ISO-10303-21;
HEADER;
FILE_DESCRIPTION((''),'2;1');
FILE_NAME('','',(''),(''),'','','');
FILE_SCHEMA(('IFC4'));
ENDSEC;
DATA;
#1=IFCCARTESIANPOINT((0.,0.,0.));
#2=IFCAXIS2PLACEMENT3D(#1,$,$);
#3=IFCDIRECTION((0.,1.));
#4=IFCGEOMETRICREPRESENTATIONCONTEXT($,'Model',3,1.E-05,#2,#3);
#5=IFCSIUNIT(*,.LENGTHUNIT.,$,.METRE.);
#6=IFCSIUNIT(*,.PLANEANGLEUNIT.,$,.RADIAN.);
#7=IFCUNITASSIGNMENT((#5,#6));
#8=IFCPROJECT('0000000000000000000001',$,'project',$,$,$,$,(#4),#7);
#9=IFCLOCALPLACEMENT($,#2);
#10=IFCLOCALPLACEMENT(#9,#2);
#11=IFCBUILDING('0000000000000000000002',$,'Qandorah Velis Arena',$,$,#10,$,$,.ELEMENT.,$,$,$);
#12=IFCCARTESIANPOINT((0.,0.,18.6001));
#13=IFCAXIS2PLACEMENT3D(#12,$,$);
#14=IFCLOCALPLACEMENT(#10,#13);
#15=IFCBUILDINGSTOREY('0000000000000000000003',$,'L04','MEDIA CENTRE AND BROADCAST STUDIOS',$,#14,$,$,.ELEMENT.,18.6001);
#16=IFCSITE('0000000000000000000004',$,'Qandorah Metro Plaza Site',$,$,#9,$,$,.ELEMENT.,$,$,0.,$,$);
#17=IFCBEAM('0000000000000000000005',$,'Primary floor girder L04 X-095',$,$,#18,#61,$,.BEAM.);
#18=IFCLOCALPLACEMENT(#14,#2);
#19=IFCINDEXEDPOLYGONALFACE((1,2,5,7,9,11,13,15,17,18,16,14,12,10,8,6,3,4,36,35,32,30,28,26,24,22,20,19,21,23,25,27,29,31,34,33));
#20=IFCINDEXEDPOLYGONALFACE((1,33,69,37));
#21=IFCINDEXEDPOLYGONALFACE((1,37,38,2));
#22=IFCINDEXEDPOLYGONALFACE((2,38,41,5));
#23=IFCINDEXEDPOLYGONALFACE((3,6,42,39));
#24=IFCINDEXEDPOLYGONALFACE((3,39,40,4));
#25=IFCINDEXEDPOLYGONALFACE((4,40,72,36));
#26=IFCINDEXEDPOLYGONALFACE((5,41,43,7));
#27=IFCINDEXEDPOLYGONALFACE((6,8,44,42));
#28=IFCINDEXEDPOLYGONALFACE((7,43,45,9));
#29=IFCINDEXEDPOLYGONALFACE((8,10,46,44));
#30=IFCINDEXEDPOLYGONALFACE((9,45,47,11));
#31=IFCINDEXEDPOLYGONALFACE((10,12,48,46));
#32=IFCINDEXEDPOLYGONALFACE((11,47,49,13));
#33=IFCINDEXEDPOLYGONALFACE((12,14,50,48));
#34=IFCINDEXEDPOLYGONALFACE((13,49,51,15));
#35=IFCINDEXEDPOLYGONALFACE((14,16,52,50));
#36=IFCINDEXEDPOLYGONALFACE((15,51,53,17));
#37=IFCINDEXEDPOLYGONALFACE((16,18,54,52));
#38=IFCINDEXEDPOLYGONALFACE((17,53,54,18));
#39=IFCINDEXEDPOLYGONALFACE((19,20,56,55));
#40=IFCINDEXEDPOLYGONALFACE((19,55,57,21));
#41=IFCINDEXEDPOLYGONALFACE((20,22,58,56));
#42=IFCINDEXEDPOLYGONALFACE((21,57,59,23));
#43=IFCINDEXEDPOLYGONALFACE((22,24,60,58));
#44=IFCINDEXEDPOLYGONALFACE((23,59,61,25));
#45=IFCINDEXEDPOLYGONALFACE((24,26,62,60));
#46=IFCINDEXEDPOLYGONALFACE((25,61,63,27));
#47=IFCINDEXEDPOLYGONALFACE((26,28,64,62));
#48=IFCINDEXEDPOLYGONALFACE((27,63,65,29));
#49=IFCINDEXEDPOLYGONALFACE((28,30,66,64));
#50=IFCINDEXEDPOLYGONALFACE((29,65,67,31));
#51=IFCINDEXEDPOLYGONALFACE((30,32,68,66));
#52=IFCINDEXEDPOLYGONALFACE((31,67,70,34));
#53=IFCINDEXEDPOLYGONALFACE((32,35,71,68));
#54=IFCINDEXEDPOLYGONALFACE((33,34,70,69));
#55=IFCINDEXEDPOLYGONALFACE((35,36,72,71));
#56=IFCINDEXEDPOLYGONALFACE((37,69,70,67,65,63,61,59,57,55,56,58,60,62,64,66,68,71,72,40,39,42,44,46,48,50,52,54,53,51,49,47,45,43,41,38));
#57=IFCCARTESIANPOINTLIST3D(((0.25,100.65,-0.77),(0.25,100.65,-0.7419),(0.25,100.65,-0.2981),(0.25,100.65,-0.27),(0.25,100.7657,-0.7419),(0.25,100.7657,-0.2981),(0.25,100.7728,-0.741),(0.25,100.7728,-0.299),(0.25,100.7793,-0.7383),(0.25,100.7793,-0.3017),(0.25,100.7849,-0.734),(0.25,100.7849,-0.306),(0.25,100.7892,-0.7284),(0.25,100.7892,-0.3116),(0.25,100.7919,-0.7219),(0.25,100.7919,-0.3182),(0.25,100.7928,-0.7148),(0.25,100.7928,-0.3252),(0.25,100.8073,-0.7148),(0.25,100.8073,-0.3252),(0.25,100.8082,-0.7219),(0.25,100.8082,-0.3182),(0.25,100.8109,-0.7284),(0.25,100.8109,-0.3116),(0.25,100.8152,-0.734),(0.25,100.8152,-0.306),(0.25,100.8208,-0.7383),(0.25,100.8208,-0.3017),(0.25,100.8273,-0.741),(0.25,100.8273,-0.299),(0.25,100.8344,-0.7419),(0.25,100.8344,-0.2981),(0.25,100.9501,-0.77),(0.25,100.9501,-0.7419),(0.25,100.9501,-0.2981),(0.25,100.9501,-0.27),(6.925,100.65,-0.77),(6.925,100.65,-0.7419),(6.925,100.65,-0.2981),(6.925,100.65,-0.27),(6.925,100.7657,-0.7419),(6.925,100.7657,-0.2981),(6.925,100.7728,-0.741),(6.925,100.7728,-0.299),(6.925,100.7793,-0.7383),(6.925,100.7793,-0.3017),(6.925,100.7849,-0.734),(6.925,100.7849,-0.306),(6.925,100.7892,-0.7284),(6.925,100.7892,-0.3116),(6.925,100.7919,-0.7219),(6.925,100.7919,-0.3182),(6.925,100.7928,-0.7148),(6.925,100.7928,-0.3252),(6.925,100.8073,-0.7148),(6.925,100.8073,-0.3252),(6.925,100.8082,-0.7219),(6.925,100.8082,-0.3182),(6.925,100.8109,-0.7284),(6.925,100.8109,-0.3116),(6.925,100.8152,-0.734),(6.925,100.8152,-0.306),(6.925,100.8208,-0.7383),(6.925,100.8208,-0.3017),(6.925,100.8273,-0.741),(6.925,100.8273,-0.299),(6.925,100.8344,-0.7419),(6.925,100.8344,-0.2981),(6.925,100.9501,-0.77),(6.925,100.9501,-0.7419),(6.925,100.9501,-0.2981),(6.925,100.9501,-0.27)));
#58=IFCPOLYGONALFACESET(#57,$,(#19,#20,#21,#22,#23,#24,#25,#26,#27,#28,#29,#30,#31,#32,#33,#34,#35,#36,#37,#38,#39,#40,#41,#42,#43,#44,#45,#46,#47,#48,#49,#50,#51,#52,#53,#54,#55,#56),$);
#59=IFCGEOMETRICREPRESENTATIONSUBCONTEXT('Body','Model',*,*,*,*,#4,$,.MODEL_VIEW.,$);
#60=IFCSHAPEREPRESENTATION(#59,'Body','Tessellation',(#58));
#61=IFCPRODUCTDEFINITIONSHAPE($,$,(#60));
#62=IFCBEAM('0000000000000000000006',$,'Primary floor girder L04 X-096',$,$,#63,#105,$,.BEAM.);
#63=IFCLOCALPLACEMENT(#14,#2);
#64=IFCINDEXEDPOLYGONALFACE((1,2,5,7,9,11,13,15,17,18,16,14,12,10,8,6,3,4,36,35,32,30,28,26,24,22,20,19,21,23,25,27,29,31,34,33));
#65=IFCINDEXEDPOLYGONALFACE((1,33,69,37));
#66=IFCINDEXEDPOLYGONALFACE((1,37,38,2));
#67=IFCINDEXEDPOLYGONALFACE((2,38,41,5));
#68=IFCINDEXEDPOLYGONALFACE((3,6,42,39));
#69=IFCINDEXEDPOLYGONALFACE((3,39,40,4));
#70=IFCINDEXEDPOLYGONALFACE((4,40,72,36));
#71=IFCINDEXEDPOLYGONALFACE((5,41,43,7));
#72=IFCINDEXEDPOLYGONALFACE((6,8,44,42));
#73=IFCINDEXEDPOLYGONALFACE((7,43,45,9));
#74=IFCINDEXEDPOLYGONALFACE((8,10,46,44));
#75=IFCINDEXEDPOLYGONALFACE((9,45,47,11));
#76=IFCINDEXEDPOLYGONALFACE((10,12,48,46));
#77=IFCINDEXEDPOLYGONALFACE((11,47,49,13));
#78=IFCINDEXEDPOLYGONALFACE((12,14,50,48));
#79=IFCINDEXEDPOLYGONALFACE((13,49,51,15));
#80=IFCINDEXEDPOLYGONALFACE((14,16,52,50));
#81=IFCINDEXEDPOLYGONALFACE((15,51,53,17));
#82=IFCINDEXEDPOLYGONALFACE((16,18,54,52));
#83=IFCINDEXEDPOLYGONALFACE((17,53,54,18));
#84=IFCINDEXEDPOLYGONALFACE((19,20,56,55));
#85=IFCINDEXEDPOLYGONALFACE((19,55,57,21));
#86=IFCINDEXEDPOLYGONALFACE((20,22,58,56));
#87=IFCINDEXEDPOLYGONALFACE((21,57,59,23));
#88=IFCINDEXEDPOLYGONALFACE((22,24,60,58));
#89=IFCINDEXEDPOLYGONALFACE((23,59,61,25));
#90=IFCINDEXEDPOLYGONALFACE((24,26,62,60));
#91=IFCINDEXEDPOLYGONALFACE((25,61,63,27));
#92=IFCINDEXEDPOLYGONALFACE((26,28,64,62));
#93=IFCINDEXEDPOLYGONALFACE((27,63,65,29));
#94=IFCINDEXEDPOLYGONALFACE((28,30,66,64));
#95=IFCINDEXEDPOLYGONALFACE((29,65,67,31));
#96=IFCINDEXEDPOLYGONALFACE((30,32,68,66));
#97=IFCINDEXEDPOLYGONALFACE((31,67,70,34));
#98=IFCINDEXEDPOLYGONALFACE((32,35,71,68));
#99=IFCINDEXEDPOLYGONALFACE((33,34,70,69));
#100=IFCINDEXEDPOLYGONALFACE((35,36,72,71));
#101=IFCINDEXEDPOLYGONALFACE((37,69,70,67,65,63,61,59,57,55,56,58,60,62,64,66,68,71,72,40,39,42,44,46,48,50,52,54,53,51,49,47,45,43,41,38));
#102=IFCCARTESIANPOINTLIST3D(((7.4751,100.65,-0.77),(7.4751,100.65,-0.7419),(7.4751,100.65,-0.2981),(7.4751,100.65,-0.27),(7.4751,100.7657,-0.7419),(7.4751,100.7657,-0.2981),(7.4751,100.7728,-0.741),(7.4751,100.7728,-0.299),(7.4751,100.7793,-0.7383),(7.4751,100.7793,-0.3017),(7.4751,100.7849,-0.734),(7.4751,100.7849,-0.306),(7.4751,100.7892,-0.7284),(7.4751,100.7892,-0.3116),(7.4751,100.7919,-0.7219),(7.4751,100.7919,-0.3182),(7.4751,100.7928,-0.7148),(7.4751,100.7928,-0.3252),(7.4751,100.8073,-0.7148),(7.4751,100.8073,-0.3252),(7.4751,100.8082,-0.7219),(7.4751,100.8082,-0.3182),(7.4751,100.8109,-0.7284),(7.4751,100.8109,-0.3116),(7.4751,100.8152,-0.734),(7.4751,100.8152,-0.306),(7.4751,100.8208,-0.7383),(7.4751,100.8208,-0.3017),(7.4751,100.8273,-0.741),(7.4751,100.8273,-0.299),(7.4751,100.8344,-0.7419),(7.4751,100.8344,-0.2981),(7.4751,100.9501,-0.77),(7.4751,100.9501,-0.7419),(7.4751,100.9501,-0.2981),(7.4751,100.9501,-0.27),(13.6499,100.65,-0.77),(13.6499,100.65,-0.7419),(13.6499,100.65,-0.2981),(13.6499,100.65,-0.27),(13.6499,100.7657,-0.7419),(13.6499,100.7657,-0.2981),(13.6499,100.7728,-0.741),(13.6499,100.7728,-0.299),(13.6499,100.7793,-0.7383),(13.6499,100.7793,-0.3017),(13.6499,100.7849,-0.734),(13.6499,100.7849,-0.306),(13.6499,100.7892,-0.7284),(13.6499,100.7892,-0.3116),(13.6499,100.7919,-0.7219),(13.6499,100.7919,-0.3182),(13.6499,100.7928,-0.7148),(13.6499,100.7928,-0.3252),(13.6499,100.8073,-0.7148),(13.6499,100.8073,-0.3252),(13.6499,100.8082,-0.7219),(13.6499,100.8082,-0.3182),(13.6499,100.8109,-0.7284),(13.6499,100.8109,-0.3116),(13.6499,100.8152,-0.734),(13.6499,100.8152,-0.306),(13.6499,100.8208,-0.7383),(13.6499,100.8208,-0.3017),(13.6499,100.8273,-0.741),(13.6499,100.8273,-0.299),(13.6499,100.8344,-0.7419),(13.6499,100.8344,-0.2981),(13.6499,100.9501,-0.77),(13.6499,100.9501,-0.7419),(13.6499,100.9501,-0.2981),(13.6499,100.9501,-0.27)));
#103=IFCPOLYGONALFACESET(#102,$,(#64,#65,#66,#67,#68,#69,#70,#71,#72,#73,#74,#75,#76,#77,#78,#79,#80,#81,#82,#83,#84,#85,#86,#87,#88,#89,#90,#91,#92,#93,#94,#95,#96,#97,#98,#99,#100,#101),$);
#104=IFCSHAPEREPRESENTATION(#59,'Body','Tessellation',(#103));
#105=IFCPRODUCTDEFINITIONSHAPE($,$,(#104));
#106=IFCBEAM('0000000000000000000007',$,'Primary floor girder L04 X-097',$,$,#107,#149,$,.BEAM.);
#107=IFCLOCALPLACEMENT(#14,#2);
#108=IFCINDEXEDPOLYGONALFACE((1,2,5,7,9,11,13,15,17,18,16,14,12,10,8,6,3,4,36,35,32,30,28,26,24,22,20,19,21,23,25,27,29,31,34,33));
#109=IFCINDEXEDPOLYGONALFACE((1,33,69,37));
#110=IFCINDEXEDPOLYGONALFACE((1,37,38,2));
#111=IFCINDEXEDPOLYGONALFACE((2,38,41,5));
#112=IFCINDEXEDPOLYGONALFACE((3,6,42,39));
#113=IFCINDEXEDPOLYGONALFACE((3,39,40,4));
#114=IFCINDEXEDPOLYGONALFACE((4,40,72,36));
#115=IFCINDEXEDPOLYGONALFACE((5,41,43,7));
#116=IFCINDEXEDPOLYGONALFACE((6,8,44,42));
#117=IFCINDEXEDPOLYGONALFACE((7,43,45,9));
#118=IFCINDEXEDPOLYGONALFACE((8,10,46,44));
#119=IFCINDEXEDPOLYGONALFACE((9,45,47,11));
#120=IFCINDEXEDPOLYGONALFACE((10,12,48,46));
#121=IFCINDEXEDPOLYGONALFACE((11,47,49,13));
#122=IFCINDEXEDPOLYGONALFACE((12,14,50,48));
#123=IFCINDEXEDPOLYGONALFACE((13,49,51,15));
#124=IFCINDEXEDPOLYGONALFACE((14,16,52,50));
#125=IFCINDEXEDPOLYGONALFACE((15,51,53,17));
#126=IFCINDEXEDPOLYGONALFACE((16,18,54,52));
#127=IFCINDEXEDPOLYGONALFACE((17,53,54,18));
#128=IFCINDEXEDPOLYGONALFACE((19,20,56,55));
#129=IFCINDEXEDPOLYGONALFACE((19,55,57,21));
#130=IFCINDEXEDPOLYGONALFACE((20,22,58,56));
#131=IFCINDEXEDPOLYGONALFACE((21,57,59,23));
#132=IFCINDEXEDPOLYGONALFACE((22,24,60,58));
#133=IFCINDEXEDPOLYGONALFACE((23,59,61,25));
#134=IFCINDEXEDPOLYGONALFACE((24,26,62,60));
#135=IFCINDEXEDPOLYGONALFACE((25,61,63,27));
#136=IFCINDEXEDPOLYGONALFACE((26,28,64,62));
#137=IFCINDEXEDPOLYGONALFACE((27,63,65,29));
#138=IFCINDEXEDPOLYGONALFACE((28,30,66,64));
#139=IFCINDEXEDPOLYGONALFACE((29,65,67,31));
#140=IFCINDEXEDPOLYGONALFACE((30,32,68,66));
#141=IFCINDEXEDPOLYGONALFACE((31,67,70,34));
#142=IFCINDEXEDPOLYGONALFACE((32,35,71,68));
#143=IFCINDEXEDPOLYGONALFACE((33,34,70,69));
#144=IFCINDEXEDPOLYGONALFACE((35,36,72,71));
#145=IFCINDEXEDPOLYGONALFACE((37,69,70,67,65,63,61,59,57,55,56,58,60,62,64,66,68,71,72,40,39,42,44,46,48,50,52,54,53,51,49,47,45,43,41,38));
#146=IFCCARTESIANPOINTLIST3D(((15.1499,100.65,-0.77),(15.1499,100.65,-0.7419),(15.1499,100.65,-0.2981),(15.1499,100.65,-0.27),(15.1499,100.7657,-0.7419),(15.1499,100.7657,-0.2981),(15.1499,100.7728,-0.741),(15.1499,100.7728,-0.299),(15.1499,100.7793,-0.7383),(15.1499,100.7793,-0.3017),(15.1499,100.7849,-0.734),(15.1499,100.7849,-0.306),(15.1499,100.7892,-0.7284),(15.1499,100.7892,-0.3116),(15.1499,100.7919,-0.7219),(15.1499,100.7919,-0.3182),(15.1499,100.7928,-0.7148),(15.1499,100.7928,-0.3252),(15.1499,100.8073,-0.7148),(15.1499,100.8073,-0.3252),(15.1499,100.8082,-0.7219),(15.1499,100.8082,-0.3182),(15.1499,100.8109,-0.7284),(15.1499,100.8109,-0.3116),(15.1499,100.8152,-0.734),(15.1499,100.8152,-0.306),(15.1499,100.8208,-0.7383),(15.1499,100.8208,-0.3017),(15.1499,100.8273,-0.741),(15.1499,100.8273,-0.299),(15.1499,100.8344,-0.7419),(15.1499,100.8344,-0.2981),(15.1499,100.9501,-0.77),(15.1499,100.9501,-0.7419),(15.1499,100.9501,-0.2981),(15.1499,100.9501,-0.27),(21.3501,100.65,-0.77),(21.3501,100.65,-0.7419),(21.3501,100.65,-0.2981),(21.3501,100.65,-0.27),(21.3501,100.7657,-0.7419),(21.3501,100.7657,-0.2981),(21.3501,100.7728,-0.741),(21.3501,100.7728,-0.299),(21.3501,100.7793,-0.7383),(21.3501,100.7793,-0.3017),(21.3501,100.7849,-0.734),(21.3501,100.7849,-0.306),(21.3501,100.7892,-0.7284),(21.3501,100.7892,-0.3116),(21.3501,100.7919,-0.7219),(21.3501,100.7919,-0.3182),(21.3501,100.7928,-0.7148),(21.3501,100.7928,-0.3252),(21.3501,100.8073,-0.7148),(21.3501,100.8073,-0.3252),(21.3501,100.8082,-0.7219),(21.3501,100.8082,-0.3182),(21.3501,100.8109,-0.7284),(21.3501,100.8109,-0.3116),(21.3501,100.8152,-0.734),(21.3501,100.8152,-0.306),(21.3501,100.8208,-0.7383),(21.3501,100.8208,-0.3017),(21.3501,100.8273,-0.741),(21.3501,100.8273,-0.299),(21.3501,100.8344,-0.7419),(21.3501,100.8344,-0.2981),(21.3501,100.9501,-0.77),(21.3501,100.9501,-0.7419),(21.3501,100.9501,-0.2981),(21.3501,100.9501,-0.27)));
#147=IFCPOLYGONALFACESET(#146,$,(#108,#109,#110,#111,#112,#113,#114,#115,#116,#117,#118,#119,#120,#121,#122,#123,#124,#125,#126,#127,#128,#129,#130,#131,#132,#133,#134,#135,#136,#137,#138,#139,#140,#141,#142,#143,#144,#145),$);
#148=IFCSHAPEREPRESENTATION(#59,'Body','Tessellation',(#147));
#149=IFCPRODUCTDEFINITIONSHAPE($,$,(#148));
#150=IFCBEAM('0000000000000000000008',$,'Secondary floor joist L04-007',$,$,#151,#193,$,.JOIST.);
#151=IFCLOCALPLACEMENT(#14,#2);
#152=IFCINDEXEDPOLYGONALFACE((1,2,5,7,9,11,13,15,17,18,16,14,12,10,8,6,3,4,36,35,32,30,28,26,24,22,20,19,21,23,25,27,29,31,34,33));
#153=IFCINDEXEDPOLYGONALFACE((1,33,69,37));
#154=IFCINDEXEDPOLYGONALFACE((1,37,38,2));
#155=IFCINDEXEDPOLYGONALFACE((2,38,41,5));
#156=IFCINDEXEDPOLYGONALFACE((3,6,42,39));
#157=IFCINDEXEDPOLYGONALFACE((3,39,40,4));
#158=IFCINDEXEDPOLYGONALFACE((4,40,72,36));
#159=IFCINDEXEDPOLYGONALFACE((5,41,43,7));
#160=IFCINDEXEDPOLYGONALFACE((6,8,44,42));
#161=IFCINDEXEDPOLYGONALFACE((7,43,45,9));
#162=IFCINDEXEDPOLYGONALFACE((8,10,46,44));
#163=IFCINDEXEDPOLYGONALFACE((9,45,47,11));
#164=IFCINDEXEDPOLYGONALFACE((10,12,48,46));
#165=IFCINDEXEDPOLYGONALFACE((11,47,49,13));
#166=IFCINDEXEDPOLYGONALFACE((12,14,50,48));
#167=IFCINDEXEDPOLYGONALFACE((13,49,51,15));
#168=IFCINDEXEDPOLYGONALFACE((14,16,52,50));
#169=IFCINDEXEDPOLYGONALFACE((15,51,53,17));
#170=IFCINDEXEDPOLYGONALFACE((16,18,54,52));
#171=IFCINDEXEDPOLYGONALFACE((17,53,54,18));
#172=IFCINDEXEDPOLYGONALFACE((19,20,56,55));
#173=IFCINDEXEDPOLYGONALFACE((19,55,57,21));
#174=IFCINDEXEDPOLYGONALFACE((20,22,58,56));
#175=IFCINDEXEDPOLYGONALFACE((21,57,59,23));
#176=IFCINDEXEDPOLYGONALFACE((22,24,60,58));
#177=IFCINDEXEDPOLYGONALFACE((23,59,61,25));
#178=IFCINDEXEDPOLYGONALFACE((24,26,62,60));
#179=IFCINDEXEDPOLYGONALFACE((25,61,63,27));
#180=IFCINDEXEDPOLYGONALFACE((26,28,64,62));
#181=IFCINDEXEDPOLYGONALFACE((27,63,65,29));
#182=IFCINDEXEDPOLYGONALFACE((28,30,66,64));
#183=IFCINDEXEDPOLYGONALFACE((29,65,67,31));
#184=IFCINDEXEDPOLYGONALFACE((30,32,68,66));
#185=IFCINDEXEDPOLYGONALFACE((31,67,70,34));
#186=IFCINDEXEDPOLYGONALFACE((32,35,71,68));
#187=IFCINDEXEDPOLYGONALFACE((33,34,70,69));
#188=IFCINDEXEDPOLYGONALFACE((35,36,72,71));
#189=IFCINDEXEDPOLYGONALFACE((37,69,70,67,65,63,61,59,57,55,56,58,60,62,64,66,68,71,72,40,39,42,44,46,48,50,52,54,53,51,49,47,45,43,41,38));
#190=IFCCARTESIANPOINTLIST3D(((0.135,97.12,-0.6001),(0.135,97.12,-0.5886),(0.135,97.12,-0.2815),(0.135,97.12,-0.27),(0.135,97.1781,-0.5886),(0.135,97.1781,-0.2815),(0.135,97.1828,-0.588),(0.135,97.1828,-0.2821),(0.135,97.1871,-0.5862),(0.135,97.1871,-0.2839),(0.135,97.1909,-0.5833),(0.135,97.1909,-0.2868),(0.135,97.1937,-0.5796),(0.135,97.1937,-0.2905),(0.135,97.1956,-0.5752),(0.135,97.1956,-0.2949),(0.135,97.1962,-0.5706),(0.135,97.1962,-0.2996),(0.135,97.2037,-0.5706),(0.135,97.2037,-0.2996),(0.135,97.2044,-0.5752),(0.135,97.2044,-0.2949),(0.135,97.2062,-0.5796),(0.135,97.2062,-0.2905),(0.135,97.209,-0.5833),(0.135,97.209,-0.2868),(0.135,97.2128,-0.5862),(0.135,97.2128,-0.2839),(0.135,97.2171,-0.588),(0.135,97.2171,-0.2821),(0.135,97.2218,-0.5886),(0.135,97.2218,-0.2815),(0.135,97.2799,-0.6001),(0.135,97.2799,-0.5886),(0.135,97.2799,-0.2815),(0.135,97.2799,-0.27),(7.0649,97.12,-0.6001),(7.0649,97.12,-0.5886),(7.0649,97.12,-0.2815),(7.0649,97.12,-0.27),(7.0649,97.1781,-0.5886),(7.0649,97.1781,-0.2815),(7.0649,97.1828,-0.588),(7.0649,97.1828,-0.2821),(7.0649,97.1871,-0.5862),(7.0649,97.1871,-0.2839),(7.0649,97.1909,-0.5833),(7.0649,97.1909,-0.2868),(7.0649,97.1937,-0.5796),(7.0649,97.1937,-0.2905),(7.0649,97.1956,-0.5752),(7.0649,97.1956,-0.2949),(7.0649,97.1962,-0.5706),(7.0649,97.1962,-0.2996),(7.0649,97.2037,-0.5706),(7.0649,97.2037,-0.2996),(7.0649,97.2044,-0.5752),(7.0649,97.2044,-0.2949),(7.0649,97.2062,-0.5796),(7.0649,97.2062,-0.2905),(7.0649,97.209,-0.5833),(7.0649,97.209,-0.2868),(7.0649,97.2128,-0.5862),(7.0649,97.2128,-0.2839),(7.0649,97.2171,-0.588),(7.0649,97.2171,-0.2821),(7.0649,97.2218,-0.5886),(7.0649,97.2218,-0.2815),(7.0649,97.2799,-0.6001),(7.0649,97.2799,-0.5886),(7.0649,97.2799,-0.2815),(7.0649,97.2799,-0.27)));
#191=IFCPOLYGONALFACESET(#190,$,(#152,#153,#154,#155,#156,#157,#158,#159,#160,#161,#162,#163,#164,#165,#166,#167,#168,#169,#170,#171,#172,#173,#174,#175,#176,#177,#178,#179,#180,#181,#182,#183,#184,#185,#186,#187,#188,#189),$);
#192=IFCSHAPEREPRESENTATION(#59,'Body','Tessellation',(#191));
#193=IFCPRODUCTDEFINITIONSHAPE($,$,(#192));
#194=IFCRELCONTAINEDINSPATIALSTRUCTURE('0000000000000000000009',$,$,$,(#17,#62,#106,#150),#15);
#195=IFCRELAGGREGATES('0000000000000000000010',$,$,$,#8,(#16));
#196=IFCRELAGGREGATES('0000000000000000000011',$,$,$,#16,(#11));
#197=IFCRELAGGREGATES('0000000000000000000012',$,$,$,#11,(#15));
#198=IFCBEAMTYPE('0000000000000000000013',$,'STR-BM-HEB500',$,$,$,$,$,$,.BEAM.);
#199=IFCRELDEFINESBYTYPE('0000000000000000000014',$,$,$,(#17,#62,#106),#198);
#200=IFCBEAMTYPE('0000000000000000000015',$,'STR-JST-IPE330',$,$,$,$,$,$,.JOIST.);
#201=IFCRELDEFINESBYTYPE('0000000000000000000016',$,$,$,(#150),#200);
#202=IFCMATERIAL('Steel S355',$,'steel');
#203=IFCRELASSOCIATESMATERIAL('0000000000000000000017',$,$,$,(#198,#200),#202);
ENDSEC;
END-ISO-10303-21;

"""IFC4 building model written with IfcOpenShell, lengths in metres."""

from ifc_helpers import new_model, si_unit, direction, frame, origin, origin_2d, place, context, subcontext, project, spatial, i_section, extrude, material, material_profile, profile_set, type_object, element, save


model = new_model("IFC4")

# Units and contexts
model_context = context("Model", 3, precision=1e-05, world=origin(), true_north=direction((0.0, 1.0)))
body_context = subcontext(model_context, "Body", "Model", "MODEL_VIEW")
ifc_project = project(units=[si_unit("LENGTHUNIT", "METRE"), si_unit("PLANEANGLEUNIT", "RADIAN")], contexts=[model_context])

# Site, building, storey
site_placement = place(None, origin())
site = spatial("IfcSite", under=ifc_project, at=site_placement, Name="Qandorah Metro Plaza Site", CompositionType="ELEMENT", RefElevation=0.0)
building_placement = place(site_placement, origin())
building = spatial("IfcBuilding", under=site, at=building_placement, Name="Qandorah Velis Arena", CompositionType="ELEMENT")
storey_placement = place(building_placement, frame((0.0, 0.0, 18.6001)))
storey = spatial("IfcBuildingStorey", under=building, at=storey_placement, Name="L04", Description="MEDIA CENTRE AND BROADCAST STUDIOS", CompositionType="ELEMENT", Elevation=18.6001)

# Shared definitions
ifc_material_1 = material(Name="Steel S355", Category="steel")

# Beams
ifc_material_profile_1 = material_profile(ifc_material_1, i_section(OverallWidth=0.3, OverallDepth=0.5, WebThickness=0.0144, FlangeThickness=0.0281, FilletRadius=0.0271, at=origin_2d()), Name="HEB 500")
ifc_profile_set_1 = profile_set([ifc_material_profile_1], Name="Steel S355")
beam_type_1 = type_object("IfcBeamType", Name="STR-BM-HEB500", PredefinedType="BEAM", material=ifc_profile_set_1)
beam_1_placement = place(storey_placement, frame((0.25, 100.8, -0.52), z_axis=(1.0, 0.0, 0.0), x_axis=(0.0, 1.0, 0.0)))
element("IfcBeam", 1, at=beam_1_placement, inside=storey, type_object=beam_type_1, Name="Primary floor girder L04 X-095", PredefinedType="BEAM", context=body_context, shape_type="SweptSolid", body=[
    extrude(i_section(OverallWidth=0.3, OverallDepth=0.5, WebThickness=0.0144, FlangeThickness=0.0281, FilletRadius=0.0271, at=origin_2d()), origin(), (0.0, 0.0, 1.0), 6.675),
])
beam_2_placement = place(storey_placement, frame((7.4751, 100.8, -0.52), z_axis=(1.0, 0.0, 0.0), x_axis=(0.0, 1.0, 0.0)))
element("IfcBeam", 2, at=beam_2_placement, inside=storey, type_object=beam_type_1, Name="Primary floor girder L04 X-096", PredefinedType="BEAM", context=body_context, shape_type="SweptSolid", body=[
    extrude(i_section(OverallWidth=0.3, OverallDepth=0.5, WebThickness=0.0144, FlangeThickness=0.0281, FilletRadius=0.0271, at=origin_2d()), origin(), (0.0, 0.0, 1.0), 6.1748),
])
beam_3_placement = place(storey_placement, frame((15.1499, 100.8, -0.52), z_axis=(1.0, 0.0, 0.0), x_axis=(0.0, 1.0, 0.0)))
element("IfcBeam", 3, at=beam_3_placement, inside=storey, type_object=beam_type_1, Name="Primary floor girder L04 X-097", PredefinedType="BEAM", context=body_context, shape_type="SweptSolid", body=[
    extrude(i_section(OverallWidth=0.3, OverallDepth=0.5, WebThickness=0.0144, FlangeThickness=0.0281, FilletRadius=0.0271, at=origin_2d()), origin(), (0.0, 0.0, 1.0), 6.2002),
])
ifc_material_profile_2 = material_profile(ifc_material_1, i_section(OverallWidth=0.1599, OverallDepth=0.3301, WebThickness=0.0076, FlangeThickness=0.0115, FilletRadius=0.0181, at=origin_2d()), Name="IPE 330")
ifc_profile_set_2 = profile_set([ifc_material_profile_2], Name="Steel S355")
beam_type_2 = type_object("IfcBeamType", Name="STR-JST-IPE330", PredefinedType="JOIST", material=ifc_profile_set_2)
beam_4_placement = place(storey_placement, frame((0.135, 97.2, -0.4351), z_axis=(1.0, 0.0, 0.0), x_axis=(0.0, 1.0, 0.0)))
element("IfcBeam", 4, at=beam_4_placement, inside=storey, type_object=beam_type_2, Name="Secondary floor joist L04-007", PredefinedType="JOIST", context=body_context, shape_type="SweptSolid", body=[
    extrude(i_section(OverallWidth=0.1599, OverallDepth=0.3301, WebThickness=0.0076, FlangeThickness=0.0115, FilletRadius=0.0181, at=origin_2d()), origin(), (0.0, 0.0, 1.0), 6.9299),
])

save(model, "model.ifc")
